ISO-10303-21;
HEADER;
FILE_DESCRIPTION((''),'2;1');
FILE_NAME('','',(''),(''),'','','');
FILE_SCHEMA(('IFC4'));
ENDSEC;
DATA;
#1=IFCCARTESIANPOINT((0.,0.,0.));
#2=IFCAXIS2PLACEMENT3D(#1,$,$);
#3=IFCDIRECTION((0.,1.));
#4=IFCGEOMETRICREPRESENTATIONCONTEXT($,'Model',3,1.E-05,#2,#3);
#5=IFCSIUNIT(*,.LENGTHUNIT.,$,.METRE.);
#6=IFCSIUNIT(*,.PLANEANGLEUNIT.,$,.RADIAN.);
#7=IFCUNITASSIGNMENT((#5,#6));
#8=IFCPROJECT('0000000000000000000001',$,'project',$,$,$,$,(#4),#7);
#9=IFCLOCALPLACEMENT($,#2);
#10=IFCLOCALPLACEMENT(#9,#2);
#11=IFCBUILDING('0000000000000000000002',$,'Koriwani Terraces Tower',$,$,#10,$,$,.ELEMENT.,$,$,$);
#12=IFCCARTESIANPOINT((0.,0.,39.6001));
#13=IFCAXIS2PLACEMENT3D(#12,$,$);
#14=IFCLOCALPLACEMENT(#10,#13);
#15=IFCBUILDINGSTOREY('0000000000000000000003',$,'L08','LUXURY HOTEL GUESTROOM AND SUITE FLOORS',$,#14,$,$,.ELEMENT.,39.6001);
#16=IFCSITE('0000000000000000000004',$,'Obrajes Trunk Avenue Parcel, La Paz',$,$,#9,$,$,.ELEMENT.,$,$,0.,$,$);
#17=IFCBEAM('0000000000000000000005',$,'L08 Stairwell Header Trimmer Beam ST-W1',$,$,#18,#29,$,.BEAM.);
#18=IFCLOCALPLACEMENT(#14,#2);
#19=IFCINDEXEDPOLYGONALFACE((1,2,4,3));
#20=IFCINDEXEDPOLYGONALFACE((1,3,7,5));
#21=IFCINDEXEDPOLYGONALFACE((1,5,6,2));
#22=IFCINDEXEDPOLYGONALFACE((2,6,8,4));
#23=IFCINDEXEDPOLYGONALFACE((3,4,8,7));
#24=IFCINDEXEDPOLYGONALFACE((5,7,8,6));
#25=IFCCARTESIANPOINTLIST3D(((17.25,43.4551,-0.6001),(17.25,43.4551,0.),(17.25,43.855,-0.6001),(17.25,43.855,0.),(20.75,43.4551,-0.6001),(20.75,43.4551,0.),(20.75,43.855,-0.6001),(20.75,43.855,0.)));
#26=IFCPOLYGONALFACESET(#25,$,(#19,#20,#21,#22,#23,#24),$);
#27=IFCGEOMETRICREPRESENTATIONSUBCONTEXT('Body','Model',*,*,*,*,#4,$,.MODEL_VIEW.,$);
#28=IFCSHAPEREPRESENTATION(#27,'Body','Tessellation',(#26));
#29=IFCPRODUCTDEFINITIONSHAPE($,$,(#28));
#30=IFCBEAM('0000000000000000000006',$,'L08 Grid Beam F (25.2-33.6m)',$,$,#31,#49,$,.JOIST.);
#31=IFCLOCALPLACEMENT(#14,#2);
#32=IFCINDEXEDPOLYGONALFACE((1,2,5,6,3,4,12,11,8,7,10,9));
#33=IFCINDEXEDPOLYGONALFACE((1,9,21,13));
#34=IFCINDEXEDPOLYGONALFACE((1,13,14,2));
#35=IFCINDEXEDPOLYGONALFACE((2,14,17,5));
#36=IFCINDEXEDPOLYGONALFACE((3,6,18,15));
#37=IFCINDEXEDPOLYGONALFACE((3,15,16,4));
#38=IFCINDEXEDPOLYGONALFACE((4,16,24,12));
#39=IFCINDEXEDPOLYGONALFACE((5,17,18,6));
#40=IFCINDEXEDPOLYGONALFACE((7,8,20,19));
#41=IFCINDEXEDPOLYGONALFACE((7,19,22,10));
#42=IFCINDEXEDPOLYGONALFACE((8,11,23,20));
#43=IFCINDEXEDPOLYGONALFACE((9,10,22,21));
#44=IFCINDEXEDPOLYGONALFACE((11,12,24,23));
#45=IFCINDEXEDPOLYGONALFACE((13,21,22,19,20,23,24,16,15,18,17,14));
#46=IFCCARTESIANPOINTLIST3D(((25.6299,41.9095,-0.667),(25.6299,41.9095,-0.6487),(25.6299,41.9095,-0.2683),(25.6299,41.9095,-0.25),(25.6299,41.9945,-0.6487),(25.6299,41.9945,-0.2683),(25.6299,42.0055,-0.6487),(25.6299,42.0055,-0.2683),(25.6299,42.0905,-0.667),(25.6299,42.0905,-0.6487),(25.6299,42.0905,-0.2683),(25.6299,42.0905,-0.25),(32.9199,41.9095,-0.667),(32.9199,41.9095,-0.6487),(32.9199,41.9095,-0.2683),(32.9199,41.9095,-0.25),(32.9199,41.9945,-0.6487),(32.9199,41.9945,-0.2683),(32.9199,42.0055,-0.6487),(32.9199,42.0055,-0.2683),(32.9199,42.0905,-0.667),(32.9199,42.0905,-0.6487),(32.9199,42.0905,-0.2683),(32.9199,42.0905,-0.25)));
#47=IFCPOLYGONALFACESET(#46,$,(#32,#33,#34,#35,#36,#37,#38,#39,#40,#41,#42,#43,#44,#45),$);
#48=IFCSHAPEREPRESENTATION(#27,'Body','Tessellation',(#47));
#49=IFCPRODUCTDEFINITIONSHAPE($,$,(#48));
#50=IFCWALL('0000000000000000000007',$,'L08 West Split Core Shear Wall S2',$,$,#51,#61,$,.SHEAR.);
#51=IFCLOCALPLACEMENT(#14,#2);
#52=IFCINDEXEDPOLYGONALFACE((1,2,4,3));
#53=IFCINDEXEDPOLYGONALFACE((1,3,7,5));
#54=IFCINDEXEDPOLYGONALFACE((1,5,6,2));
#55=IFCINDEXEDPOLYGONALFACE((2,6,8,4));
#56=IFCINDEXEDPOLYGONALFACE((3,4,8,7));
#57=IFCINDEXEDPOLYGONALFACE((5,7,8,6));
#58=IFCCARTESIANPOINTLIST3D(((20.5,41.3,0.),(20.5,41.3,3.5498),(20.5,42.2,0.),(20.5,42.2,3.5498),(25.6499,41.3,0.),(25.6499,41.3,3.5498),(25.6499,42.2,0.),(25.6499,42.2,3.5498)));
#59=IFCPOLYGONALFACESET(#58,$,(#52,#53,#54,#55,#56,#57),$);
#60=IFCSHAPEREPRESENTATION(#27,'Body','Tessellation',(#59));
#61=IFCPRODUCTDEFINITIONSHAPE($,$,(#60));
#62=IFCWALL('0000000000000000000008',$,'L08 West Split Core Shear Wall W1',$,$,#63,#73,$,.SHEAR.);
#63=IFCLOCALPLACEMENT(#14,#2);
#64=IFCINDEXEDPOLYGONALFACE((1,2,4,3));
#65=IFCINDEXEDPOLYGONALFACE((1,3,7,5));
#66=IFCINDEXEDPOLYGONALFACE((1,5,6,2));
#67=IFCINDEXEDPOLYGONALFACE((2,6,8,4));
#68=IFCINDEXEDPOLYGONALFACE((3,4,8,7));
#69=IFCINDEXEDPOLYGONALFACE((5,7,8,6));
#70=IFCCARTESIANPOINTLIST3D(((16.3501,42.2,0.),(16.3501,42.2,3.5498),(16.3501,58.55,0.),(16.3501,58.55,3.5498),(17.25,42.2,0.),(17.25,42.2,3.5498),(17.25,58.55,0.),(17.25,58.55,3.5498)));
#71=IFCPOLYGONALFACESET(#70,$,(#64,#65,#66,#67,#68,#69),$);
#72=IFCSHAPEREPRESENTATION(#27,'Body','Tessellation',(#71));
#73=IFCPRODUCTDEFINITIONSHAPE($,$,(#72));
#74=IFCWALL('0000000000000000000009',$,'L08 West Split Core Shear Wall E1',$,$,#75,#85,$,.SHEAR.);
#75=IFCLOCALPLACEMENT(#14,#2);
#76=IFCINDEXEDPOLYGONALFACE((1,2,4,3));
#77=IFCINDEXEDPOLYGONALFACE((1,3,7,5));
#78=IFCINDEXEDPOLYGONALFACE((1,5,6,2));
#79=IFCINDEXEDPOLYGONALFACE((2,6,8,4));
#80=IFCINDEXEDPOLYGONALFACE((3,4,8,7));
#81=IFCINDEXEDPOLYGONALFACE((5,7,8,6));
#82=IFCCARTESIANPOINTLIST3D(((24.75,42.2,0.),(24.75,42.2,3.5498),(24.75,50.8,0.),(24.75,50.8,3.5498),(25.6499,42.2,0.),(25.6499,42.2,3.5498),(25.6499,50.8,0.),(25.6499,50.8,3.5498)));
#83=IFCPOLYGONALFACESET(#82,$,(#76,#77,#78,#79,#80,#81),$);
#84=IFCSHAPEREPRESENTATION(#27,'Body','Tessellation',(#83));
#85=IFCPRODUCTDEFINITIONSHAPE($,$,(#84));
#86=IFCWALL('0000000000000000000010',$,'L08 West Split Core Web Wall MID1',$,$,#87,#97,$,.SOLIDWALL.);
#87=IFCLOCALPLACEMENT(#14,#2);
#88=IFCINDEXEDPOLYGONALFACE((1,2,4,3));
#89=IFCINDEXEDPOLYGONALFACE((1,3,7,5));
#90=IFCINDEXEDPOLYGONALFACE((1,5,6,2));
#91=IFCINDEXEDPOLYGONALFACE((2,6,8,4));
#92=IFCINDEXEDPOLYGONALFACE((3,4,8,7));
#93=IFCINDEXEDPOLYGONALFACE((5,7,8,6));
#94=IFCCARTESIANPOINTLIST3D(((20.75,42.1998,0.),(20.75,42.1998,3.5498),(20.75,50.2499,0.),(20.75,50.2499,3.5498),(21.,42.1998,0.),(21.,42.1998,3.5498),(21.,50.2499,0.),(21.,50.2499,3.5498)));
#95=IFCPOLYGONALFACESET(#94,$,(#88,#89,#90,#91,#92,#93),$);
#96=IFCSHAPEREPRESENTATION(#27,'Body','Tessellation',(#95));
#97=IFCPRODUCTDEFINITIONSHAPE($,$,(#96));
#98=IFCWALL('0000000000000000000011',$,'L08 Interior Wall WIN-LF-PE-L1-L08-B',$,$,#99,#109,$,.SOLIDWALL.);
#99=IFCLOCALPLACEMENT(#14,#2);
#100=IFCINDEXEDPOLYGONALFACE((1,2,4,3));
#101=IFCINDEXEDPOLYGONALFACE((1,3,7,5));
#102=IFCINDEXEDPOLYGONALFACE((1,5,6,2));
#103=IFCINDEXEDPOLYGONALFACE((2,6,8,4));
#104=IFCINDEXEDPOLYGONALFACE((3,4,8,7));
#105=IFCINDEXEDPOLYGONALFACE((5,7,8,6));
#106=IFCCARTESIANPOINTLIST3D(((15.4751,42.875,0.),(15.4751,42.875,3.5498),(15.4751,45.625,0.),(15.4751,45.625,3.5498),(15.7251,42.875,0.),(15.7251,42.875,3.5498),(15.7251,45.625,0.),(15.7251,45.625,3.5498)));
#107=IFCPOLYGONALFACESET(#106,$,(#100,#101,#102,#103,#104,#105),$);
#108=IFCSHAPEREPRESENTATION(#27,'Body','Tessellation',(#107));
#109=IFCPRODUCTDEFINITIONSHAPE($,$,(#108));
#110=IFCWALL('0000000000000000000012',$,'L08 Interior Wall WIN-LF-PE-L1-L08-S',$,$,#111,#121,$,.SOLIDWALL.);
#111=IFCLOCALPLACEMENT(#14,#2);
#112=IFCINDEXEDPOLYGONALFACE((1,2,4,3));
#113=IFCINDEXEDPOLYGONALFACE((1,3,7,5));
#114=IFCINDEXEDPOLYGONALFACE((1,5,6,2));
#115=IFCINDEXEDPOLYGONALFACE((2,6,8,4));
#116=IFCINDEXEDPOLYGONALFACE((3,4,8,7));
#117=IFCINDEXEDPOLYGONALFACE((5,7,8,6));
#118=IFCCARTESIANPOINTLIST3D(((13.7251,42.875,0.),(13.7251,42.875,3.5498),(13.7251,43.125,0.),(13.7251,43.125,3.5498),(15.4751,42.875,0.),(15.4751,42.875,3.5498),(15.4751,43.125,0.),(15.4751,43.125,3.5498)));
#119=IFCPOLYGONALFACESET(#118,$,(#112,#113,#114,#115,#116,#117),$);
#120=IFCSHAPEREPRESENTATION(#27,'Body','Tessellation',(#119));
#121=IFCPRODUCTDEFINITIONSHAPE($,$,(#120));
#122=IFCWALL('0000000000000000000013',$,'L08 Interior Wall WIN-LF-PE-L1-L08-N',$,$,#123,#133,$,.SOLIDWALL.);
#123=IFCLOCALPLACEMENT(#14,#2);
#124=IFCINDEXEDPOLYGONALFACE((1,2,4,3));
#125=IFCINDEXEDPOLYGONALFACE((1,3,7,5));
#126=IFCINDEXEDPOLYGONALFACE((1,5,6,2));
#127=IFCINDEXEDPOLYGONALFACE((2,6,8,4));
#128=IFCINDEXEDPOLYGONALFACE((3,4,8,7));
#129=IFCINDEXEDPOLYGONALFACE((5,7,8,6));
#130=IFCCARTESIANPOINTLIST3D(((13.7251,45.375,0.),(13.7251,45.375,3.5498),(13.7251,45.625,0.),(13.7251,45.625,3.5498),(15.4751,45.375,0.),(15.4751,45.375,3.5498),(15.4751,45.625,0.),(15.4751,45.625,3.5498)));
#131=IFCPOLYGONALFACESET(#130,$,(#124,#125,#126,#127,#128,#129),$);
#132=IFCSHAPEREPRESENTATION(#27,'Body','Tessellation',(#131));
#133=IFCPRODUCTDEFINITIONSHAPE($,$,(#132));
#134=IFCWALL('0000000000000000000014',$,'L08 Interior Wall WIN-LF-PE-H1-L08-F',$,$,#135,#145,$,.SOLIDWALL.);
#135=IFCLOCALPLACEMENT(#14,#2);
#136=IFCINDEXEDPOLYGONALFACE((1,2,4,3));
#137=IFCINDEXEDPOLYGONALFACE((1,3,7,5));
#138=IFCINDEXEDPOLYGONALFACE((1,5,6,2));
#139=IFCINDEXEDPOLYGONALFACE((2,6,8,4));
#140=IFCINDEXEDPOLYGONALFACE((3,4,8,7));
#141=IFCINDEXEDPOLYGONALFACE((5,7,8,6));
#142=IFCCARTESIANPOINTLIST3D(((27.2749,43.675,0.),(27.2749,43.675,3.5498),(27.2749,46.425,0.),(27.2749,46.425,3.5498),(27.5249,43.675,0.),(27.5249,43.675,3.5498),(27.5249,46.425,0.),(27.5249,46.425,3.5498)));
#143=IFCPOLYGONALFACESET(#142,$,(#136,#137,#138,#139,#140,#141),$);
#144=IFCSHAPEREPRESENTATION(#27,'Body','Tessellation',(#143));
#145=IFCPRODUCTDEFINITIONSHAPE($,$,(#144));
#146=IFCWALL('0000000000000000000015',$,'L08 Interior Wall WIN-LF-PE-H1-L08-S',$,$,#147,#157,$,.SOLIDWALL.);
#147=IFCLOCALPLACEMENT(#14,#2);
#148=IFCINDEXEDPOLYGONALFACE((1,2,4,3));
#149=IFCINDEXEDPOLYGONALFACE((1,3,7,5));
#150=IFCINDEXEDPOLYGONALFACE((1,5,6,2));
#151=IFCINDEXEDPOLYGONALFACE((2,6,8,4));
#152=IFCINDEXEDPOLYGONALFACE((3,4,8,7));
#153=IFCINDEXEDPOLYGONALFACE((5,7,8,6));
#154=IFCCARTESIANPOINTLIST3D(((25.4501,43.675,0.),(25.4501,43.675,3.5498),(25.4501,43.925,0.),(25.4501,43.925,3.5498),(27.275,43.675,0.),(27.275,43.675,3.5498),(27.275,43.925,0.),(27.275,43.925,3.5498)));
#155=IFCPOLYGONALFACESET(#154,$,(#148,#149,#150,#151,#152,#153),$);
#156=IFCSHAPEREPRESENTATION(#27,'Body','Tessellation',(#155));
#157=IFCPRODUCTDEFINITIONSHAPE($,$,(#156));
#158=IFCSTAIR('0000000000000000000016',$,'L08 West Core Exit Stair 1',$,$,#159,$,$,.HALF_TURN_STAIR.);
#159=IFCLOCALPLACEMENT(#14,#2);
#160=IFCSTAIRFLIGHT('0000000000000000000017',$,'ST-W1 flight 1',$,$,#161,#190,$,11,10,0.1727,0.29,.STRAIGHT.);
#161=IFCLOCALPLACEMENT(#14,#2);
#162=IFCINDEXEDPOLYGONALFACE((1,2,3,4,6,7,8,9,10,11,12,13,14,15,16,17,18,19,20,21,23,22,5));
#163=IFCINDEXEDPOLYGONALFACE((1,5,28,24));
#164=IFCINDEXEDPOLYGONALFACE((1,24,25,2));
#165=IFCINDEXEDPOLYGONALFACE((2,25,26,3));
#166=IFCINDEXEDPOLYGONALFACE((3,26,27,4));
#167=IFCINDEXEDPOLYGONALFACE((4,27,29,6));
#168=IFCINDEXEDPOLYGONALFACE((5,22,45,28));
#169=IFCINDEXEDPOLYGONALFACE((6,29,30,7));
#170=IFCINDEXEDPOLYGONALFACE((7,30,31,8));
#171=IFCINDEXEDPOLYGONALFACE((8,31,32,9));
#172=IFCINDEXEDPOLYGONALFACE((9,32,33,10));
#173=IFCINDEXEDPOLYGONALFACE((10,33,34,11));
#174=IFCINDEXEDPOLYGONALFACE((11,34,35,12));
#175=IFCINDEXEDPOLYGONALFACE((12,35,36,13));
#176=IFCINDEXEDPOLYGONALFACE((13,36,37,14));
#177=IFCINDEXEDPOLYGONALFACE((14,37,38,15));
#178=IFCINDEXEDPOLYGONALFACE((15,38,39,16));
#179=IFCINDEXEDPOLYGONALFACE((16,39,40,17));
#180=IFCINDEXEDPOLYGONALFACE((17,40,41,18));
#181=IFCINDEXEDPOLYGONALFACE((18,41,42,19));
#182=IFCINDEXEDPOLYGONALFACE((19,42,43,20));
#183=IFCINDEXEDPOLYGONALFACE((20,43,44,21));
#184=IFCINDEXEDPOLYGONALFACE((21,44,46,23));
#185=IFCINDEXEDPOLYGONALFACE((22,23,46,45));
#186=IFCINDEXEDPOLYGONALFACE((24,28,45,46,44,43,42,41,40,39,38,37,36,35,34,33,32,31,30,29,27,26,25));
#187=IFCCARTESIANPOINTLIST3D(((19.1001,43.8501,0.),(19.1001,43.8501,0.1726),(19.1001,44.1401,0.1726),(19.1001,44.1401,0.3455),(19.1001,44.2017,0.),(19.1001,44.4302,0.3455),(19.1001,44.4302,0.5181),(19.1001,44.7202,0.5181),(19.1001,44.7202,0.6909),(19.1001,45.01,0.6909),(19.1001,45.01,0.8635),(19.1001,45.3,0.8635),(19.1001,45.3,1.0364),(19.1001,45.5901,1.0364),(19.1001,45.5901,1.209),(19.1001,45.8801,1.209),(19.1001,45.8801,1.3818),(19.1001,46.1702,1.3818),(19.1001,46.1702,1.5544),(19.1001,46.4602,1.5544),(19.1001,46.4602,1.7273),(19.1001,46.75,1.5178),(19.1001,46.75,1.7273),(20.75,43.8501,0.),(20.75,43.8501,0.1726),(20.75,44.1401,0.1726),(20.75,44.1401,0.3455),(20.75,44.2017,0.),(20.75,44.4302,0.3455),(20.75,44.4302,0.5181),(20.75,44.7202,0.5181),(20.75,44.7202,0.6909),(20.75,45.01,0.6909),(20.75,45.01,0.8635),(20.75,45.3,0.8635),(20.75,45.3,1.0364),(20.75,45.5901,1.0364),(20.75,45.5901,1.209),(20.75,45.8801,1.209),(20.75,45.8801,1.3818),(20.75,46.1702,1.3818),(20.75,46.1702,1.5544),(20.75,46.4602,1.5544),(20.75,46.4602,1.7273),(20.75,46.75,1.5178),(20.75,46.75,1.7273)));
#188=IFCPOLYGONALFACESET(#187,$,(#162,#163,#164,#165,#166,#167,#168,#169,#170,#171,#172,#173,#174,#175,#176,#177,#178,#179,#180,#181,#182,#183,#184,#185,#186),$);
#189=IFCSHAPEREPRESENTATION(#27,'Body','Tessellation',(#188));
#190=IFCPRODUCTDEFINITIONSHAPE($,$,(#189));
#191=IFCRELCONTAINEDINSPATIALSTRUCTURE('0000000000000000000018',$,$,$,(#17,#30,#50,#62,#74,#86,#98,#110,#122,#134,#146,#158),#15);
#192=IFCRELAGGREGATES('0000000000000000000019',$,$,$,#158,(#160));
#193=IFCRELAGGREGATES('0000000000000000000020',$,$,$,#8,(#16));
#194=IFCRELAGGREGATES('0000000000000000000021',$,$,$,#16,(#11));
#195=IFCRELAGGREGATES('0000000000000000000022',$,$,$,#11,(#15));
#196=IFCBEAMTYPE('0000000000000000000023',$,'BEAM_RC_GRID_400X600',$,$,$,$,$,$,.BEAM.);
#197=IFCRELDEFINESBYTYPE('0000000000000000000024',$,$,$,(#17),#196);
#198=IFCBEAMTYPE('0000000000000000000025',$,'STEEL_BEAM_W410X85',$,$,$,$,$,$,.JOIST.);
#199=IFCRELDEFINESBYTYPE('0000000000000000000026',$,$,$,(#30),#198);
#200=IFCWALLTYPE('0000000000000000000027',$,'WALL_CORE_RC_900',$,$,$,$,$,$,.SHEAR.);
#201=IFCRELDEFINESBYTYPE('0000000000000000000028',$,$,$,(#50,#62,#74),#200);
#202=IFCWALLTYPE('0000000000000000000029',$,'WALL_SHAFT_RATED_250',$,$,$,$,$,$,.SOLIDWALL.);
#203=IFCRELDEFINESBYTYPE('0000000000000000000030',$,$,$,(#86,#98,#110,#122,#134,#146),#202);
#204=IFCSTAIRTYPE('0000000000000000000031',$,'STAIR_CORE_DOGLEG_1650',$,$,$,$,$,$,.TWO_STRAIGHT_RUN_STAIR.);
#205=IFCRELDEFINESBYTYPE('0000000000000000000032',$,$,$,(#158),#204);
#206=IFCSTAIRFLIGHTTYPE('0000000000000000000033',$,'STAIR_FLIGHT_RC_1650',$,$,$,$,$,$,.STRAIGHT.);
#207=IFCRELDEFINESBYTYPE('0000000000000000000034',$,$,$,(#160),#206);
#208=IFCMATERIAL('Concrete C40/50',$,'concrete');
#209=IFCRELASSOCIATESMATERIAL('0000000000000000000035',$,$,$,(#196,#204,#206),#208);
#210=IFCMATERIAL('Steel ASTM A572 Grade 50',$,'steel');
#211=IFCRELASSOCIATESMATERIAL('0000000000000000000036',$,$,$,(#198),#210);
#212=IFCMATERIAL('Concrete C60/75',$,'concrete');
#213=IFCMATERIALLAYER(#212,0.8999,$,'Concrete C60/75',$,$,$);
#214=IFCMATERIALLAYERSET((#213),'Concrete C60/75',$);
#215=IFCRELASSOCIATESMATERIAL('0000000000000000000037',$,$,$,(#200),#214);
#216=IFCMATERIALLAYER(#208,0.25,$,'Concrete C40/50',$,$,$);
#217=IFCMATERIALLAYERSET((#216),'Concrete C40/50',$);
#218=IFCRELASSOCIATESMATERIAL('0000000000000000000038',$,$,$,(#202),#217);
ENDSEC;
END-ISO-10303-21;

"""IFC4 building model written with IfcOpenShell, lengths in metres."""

from ifc_helpers import new_model, si_unit, direction, frame, frame_2d, origin, origin_2d, place, context, subcontext, project, spatial, polyline, rectangle, i_section, outline, extrude, material, layer, layer_set, material_profile, profile_set, type_object, element, aggregate, save


model = new_model("IFC4")

# Units and contexts
model_context = context("Model", 3, precision=1e-05, world=origin(), true_north=direction((0.0, 1.0)))
body_context = subcontext(model_context, "Body", "Model", "MODEL_VIEW")
ifc_project = project(units=[si_unit("LENGTHUNIT", "METRE"), si_unit("PLANEANGLEUNIT", "RADIAN")], contexts=[model_context])

# Site, building, storey
site_placement = place(None, origin())
site = spatial("IfcSite", under=ifc_project, at=site_placement, Name="Obrajes Trunk Avenue Parcel, La Paz", CompositionType="ELEMENT", RefElevation=0.0)
building_placement = place(site_placement, origin())
building = spatial("IfcBuilding", under=site, at=building_placement, Name="Koriwani Terraces Tower", CompositionType="ELEMENT")
storey_placement = place(building_placement, frame((0.0, 0.0, 39.6001)))
storey = spatial("IfcBuildingStorey", under=building, at=storey_placement, Name="L08", Description="LUXURY HOTEL GUESTROOM AND SUITE FLOORS", CompositionType="ELEMENT", Elevation=39.6001)

# Beams
ifc_material_1 = material(Name="Concrete C40/50", Category="concrete")
ifc_material_profile_1 = material_profile(ifc_material_1, rectangle(XDim=0.3999, YDim=0.6001, at=origin_2d()), Name="Concrete C40/50", Category="LoadBearing")
ifc_profile_set_1 = profile_set([ifc_material_profile_1], Name="Concrete C40/50")
beam_type_1 = type_object("IfcBeamType", Name="BEAM_RC_GRID_400X600", PredefinedType="BEAM", material=ifc_profile_set_1)
beam_1_placement = place(storey_placement, frame((17.25, 43.655, -0.3), z_axis=(1.0, 0.0, 0.0), x_axis=(0.0, 1.0, 0.0)))
element("IfcBeam", 1, at=beam_1_placement, inside=storey, type_object=beam_type_1, Name="L08 Stairwell Header Trimmer Beam ST-W1", PredefinedType="BEAM", context=body_context, shape_type="SweptSolid", body=[
    extrude(rectangle(XDim=0.3999, YDim=0.6001, at=origin_2d()), origin(), (0.0, 0.0, 1.0), 3.5),
])
ifc_material_2 = material(Name="Steel ASTM A572 Grade 50", Category="steel")
ifc_material_profile_2 = material_profile(ifc_material_2, i_section(OverallWidth=0.1809, OverallDepth=0.417, WebThickness=0.011, FlangeThickness=0.0183, at=origin_2d()), Name="Steel ASTM A572 Grade 50", Category="LoadBearing")
ifc_profile_set_2 = profile_set([ifc_material_profile_2], Name="Steel ASTM A572 Grade 50")
beam_type_2 = type_object("IfcBeamType", Name="STEEL_BEAM_W410X85", PredefinedType="JOIST", material=ifc_profile_set_2)
beam_2_placement = place(storey_placement, frame((25.6299, 42.0, -0.4585), z_axis=(1.0, 0.0, 0.0), x_axis=(0.0, 1.0, 0.0)))
element("IfcBeam", 2, at=beam_2_placement, inside=storey, type_object=beam_type_2, Name="L08 Grid Beam F (25.2-33.6m)", PredefinedType="JOIST", context=body_context, shape_type="SweptSolid", body=[
    extrude(i_section(OverallWidth=0.1809, OverallDepth=0.417, WebThickness=0.011, FlangeThickness=0.0183, at=origin_2d()), origin(), (0.0, 0.0, 1.0), 7.29),
])

# Walls
ifc_material_3 = material(Name="Concrete C60/75", Category="concrete")
ifc_layer_1 = layer(ifc_material_3, 0.8999, Name="Concrete C60/75")
ifc_layer_set_1 = layer_set([ifc_layer_1], Name="Concrete C60/75")
wall_type_1 = type_object("IfcWallType", Name="WALL_CORE_RC_900", PredefinedType="SHEAR", material=ifc_layer_set_1)
wall_1_placement = place(storey_placement, frame((20.5, 41.75, 0.0), z_axis=(0.0, 0.0, 1.0), x_axis=(1.0, 0.0, 0.0)))
element("IfcWall", 3, at=wall_1_placement, inside=storey, type_object=wall_type_1, Name="L08 West Split Core Shear Wall S2", PredefinedType="SHEAR", context=body_context, shape_type="SweptSolid", body=[
    extrude(rectangle(XDim=5.1499, YDim=0.8999, at=frame_2d((2.575, 0.0))), origin(), (0.0, 0.0, 1.0), 3.5498),
])
wall_2_placement = place(storey_placement, frame((16.8, 42.2, 0.0), z_axis=(0.0, 0.0, 1.0), x_axis=(0.0, 1.0, 0.0)))
element("IfcWall", 4, at=wall_2_placement, inside=storey, type_object=wall_type_1, Name="L08 West Split Core Shear Wall W1", PredefinedType="SHEAR", context=body_context, shape_type="SweptSolid", body=[
    extrude(rectangle(XDim=16.3501, YDim=0.8999, at=frame_2d((8.175, 0.0))), origin(), (0.0, 0.0, 1.0), 3.5498),
])
wall_3_placement = place(storey_placement, frame((25.2, 42.2, 0.0), z_axis=(0.0, 0.0, 1.0), x_axis=(0.0, 1.0, 0.0)))
element("IfcWall", 5, at=wall_3_placement, inside=storey, type_object=wall_type_1, Name="L08 West Split Core Shear Wall E1", PredefinedType="SHEAR", context=body_context, shape_type="SweptSolid", body=[
    extrude(rectangle(XDim=8.6001, YDim=0.8999, at=frame_2d((4.3, 0.0))), origin(), (0.0, 0.0, 1.0), 3.5498),
])
ifc_layer_2 = layer(ifc_material_1, 0.25, Name="Concrete C40/50")
ifc_layer_set_2 = layer_set([ifc_layer_2], Name="Concrete C40/50")
wall_type_2 = type_object("IfcWallType", Name="WALL_SHAFT_RATED_250", PredefinedType="SOLIDWALL", material=ifc_layer_set_2)
wall_4_placement = place(storey_placement, frame((20.875, 42.2, 0.0), z_axis=(0.0, 0.0, 1.0), x_axis=(0.0, 1.0, 0.0)))
element("IfcWall", 6, at=wall_4_placement, inside=storey, type_object=wall_type_2, Name="L08 West Split Core Web Wall MID1", PredefinedType="SOLIDWALL", context=body_context, shape_type="SweptSolid", body=[
    extrude(rectangle(XDim=8.05, YDim=0.25, at=frame_2d((4.0249, 0.0))), origin(), (0.0, 0.0, 1.0), 3.5498),
])

# Walls
wall_5_placement = place(storey_placement, frame((15.6001, 42.875, 0.0), z_axis=(0.0, 0.0, 1.0), x_axis=(0.0, 1.0, 0.0)))
element("IfcWall", 7, at=wall_5_placement, inside=storey, type_object=wall_type_2, Name="L08 Interior Wall WIN-LF-PE-L1-L08-B", PredefinedType="SOLIDWALL", context=body_context, shape_type="SweptSolid", body=[
    extrude(rectangle(XDim=2.75, YDim=0.25, at=frame_2d((1.375, 0.0))), origin(), (0.0, 0.0, 1.0), 3.5498),
])
for number, where, z_axis, x_axis, name in (
    (8, (13.7251, 43.0, 0.0), (0.0, 0.0, 1.0), (1.0, 0.0, 0.0), "L08 Interior Wall WIN-LF-PE-L1-L08-S"),
    (9, (13.7251, 45.5, 0.0), (0.0, 0.0, 1.0), (1.0, 0.0, 0.0), "L08 Interior Wall WIN-LF-PE-L1-L08-N"),
):
    element("IfcWall", number, at=place(storey_placement, frame(where, z_axis=z_axis, x_axis=x_axis)), inside=storey, type_object=wall_type_2, Name=name, PredefinedType="SOLIDWALL", context=body_context, shape_type="SweptSolid", body=[
        extrude(rectangle(XDim=1.75, YDim=0.25, at=frame_2d((0.875, 0.0))), origin(), (0.0, 0.0, 1.0), 3.5498),
    ])
wall_6_placement = place(storey_placement, frame((27.3999, 43.675, 0.0), z_axis=(0.0, 0.0, 1.0), x_axis=(0.0, 1.0, 0.0)))
element("IfcWall", 10, at=wall_6_placement, inside=storey, type_object=wall_type_2, Name="L08 Interior Wall WIN-LF-PE-H1-L08-F", PredefinedType="SOLIDWALL", context=body_context, shape_type="SweptSolid", body=[
    extrude(rectangle(XDim=2.75, YDim=0.25, at=frame_2d((1.375, 0.0))), origin(), (0.0, 0.0, 1.0), 3.5498),
])
wall_7_placement = place(storey_placement, frame((25.45, 43.8, 0.0), z_axis=(0.0, 0.0, 1.0), x_axis=(1.0, 0.0, 0.0)))
element("IfcWall", 11, at=wall_7_placement, inside=storey, type_object=wall_type_2, Name="L08 Interior Wall WIN-LF-PE-H1-L08-S", PredefinedType="SOLIDWALL", context=body_context, shape_type="SweptSolid", body=[
    extrude(rectangle(XDim=1.825, YDim=0.25, at=frame_2d((0.9126, 0.0))), origin(), (0.0, 0.0, 1.0), 3.5498),
])

# Stair, stair flight
stair_type = type_object("IfcStairType", Name="STAIR_CORE_DOGLEG_1650", PredefinedType="TWO_STRAIGHT_RUN_STAIR", material=ifc_material_1)
stair_placement = place(storey_placement, origin())
stair = element("IfcStair", 12, at=stair_placement, inside=storey, type_object=stair_type, Name="L08 West Core Exit Stair 1", PredefinedType="HALF_TURN_STAIR")
stair_flight_type = type_object("IfcStairFlightType", Name="STAIR_FLIGHT_RC_1650", PredefinedType="STRAIGHT", material=ifc_material_1)
stair_flight_placement = place(storey_placement, frame((19.925, 43.8501, 0.0), z_axis=(0.0, 0.0, 1.0), x_axis=(0.0, 1.0, 0.0)))
stair_flight = element("IfcStairFlight", 13, at=stair_flight_placement, type_object=stair_flight_type, Name="ST-W1 flight 1", NumberOfRisers=11, NumberOfTreads=10, PredefinedType="STRAIGHT", RiserHeight=0.1727, TreadLength=0.29, context=body_context, shape_type="SweptSolid", body=[
    extrude(outline(polyline([(0.0, 0.0), (0.0, 0.1726), (0.29, 0.1726), (0.29, 0.3455), (0.5801, 0.3455), (0.5801, 0.5181), (0.8701, 0.5181), (0.8701, 0.6909), (1.1599, 0.6909), (1.1599, 0.8635), (1.45, 0.8635), (1.45, 1.0364), (1.74, 1.0364), (1.74, 1.209), (2.03, 1.209), (2.03, 1.3818), (2.3201, 1.3818), (2.3201, 1.5544), (2.6101, 1.5544), (2.6101, 1.7273), (2.8999, 1.7273), (2.8999, 1.8999), (2.8999, 1.5178), (0.3516, 0.0), (0.0, 0.0)])), frame((0.0, 0.825, 0.0), z_axis=(0.0, -1.0, 0.0), x_axis=(1.0, 0.0, 0.0)), (0.0, 0.0, 1.0), 1.6499),
])
aggregate(stair, [stair_flight])

save(model, "model.ifc")
